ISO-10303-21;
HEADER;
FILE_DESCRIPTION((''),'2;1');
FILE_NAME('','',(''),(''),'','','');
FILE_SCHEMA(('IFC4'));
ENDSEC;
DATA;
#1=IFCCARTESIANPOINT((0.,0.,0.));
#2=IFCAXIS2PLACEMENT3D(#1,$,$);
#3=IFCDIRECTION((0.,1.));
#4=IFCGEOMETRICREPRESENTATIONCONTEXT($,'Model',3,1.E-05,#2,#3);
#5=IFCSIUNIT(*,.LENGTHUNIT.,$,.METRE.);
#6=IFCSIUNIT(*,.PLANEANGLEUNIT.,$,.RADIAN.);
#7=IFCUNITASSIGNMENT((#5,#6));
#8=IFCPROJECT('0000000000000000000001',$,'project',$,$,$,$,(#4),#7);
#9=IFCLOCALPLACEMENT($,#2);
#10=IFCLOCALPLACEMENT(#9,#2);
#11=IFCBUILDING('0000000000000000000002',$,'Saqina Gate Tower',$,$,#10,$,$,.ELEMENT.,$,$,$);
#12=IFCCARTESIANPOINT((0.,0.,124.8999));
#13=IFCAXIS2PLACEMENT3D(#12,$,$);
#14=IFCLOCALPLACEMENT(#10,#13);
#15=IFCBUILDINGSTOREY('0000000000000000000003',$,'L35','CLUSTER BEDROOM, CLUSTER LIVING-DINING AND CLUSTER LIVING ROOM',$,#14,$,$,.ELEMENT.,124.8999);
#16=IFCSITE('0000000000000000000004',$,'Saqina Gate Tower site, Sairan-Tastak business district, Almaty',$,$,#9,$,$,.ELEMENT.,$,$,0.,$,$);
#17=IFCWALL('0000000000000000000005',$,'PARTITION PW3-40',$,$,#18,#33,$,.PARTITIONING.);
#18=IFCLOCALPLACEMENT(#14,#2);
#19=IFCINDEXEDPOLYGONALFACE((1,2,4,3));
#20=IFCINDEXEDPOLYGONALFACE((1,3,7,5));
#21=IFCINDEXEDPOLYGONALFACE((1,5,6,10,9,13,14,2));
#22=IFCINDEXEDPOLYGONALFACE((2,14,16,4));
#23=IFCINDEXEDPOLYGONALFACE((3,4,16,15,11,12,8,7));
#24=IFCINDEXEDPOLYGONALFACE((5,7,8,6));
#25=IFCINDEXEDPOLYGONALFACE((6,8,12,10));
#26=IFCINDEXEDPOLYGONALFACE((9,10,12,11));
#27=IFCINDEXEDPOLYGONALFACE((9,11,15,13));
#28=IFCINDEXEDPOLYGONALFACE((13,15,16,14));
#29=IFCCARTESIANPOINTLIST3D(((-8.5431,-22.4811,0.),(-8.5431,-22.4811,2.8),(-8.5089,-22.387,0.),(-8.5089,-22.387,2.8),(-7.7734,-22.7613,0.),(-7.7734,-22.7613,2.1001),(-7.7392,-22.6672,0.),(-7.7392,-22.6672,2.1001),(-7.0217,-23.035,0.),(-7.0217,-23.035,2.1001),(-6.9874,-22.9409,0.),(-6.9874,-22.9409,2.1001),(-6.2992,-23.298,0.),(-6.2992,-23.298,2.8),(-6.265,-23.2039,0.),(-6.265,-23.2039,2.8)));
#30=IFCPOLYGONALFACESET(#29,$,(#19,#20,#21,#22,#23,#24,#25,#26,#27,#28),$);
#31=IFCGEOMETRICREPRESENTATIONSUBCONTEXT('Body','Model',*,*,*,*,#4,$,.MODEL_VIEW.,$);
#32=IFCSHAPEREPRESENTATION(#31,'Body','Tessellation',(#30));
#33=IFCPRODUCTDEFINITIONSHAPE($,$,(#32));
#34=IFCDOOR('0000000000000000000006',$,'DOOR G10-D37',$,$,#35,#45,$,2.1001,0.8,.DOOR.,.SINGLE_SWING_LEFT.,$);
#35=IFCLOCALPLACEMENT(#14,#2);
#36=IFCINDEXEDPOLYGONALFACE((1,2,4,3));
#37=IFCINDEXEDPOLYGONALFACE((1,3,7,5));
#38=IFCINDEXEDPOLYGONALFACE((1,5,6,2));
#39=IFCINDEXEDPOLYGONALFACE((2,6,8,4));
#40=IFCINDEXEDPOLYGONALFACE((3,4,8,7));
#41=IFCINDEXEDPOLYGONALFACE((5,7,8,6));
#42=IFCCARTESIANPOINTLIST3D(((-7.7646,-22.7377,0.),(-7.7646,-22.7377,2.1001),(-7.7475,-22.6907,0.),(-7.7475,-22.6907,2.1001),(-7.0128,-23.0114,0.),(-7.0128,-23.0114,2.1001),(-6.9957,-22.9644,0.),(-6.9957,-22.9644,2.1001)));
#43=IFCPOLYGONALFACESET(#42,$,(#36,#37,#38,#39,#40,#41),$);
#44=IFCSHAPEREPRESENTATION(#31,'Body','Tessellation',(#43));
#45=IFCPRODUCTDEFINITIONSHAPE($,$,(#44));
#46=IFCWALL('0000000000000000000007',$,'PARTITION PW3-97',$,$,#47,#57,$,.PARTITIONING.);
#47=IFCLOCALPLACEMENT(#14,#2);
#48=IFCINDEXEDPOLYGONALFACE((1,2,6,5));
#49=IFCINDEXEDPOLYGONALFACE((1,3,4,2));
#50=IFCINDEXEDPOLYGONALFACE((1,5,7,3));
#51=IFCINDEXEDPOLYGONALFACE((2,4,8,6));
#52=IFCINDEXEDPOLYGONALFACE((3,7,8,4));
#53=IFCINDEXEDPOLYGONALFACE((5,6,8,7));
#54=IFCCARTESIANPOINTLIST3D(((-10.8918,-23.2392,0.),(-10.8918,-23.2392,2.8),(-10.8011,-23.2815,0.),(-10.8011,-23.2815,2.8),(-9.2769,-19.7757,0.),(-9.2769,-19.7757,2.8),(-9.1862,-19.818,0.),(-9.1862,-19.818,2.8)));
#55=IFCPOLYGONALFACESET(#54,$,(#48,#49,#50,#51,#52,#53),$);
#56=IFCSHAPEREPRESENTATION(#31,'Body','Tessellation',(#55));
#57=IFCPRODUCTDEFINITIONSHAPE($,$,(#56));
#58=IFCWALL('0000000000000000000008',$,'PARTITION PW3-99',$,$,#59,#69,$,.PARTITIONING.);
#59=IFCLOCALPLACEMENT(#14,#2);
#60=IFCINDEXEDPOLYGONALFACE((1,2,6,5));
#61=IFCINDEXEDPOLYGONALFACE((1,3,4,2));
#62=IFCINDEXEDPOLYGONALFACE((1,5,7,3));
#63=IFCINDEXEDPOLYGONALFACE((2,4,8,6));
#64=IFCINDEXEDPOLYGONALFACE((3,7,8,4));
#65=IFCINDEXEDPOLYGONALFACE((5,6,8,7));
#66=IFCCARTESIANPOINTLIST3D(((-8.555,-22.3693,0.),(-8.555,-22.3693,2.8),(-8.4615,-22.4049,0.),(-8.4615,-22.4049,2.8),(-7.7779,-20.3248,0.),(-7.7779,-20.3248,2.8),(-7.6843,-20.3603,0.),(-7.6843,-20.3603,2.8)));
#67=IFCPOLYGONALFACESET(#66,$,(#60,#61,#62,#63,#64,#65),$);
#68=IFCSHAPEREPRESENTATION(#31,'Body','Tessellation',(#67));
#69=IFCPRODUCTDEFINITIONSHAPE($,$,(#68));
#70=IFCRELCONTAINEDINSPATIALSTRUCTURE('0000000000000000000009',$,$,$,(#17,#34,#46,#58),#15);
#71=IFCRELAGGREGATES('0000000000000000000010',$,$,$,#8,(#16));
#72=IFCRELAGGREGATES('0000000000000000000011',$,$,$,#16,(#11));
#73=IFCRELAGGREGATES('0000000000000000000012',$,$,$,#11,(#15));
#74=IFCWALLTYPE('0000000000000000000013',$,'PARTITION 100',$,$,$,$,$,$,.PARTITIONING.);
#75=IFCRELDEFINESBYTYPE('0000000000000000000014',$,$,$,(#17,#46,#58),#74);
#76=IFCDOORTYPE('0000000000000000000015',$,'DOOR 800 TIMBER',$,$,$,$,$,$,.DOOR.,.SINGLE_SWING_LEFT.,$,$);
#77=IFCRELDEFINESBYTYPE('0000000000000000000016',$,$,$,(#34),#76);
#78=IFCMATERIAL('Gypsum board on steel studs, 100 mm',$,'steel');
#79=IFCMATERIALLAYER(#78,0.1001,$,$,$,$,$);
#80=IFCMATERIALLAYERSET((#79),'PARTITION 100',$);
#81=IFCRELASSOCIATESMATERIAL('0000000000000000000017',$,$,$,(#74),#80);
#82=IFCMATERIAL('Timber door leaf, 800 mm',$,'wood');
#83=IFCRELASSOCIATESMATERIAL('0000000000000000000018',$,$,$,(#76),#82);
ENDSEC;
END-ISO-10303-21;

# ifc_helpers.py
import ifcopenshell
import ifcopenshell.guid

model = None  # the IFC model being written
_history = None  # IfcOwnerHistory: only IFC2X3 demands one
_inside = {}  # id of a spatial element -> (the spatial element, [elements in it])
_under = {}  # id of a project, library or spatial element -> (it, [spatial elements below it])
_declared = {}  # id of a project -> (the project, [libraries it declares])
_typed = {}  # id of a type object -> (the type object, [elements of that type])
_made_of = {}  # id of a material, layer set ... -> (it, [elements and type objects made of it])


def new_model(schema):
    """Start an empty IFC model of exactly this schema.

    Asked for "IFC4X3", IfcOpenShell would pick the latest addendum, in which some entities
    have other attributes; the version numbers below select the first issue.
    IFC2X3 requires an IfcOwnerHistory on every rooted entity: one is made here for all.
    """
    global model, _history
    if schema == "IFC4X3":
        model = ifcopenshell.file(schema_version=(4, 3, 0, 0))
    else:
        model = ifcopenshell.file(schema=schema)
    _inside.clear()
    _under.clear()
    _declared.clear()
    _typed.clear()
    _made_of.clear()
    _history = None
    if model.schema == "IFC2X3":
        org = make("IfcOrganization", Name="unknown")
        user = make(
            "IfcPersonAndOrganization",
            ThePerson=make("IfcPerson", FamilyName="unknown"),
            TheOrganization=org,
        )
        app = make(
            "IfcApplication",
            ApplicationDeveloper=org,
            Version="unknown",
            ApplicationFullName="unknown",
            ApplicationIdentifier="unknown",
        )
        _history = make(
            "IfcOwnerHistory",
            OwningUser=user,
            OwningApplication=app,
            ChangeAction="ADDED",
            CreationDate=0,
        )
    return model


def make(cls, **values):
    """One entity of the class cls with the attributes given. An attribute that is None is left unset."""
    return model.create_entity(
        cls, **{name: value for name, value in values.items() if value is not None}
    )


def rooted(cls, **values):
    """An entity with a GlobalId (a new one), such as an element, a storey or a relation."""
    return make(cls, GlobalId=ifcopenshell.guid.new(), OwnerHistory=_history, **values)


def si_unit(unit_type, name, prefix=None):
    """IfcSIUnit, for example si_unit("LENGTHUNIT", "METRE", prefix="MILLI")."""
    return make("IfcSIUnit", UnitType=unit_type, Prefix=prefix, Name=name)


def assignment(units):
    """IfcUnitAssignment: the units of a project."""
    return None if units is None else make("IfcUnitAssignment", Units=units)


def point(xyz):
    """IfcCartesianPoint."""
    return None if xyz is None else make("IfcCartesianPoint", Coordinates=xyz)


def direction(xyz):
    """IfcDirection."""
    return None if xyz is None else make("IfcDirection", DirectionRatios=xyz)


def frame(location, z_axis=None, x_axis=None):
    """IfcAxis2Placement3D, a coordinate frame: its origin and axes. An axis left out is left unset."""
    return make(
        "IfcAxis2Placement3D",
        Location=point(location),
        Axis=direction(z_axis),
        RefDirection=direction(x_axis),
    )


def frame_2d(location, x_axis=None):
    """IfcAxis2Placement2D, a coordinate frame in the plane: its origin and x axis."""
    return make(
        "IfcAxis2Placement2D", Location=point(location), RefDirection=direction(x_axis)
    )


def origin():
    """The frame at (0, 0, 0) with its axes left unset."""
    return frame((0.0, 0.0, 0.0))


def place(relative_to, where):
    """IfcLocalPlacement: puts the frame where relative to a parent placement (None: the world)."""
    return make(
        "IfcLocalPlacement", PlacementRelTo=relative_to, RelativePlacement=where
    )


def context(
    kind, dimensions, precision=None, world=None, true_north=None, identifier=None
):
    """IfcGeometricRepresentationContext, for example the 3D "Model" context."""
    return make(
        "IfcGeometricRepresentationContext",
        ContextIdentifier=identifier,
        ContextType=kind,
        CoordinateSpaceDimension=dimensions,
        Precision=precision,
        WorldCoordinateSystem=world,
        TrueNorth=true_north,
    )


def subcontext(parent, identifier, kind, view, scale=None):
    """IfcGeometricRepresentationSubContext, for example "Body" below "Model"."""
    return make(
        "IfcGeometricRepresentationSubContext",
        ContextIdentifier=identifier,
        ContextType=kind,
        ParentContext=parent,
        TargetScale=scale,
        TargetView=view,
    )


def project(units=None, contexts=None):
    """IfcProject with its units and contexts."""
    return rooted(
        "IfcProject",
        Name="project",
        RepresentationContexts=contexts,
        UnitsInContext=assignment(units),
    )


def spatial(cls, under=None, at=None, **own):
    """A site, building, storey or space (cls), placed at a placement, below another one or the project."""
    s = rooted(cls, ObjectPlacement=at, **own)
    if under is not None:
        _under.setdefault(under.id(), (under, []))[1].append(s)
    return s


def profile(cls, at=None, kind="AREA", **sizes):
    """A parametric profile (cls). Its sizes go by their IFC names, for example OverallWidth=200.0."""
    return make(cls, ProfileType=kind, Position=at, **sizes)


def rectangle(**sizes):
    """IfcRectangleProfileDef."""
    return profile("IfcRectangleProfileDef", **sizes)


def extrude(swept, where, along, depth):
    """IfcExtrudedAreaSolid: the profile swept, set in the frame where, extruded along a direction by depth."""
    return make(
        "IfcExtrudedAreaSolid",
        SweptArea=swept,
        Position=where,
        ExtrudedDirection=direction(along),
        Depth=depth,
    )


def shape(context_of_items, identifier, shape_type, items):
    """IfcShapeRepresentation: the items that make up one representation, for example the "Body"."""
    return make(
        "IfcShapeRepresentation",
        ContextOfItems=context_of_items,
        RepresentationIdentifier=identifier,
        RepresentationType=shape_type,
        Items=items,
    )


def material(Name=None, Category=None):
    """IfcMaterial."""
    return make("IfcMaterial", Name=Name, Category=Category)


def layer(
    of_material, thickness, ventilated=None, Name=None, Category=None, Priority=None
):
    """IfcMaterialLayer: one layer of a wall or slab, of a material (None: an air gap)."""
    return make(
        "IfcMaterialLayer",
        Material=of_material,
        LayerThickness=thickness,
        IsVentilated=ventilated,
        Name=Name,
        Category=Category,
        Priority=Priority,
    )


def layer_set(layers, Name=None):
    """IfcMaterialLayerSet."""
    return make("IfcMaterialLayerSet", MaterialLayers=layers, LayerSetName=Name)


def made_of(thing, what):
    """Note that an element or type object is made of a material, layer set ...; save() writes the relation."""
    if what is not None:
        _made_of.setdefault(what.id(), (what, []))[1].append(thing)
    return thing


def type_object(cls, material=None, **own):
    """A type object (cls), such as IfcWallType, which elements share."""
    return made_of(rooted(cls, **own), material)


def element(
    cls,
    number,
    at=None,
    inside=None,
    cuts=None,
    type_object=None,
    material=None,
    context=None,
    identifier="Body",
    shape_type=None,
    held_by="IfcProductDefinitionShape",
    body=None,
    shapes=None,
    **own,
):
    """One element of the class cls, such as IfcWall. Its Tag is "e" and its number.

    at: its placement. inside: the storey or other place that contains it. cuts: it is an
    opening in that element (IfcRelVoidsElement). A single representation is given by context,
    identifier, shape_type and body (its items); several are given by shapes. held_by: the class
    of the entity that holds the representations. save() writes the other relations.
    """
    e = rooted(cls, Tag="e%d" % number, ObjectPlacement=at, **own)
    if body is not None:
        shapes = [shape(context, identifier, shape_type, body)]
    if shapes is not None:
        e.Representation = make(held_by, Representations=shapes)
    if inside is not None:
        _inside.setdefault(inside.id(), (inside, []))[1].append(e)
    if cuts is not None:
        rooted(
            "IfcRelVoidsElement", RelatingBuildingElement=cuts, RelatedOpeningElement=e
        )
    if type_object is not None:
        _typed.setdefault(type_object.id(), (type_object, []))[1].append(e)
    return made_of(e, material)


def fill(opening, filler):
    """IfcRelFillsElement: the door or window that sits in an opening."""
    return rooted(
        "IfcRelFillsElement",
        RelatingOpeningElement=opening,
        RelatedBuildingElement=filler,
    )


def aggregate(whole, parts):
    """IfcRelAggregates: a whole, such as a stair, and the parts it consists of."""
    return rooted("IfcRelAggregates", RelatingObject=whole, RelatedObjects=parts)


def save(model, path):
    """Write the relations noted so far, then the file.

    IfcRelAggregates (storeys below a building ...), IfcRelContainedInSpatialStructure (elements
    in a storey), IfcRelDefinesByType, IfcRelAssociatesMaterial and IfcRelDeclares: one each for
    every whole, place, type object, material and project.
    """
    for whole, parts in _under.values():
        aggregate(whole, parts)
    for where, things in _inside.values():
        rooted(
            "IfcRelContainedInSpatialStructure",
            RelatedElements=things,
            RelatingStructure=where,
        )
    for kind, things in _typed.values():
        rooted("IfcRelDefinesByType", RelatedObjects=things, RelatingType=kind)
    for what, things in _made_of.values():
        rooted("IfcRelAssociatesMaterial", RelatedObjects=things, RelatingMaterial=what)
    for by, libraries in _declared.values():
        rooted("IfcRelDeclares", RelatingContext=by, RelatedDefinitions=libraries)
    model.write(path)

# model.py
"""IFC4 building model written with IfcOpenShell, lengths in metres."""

from ifc_helpers import new_model, si_unit, direction, frame, frame_2d, origin, place, context, subcontext, project, spatial, rectangle, extrude, material, layer, layer_set, type_object, element, fill, save


model = new_model("IFC4")

# Units and contexts
model_context = context("Model", 3, precision=1e-05, world=origin(), true_north=direction((0.0, 1.0)))
body_context = subcontext(model_context, "Body", "Model", "MODEL_VIEW")
ifc_project = project(units=[si_unit("LENGTHUNIT", "METRE"), si_unit("PLANEANGLEUNIT", "RADIAN")], contexts=[model_context])

# Site, building, storey
site_placement = place(None, origin())
site = spatial("IfcSite", under=ifc_project, at=site_placement, Name="Saqina Gate Tower site, Sairan-Tastak business district, Almaty", CompositionType="ELEMENT", RefElevation=0.0)
building_placement = place(site_placement, origin())
building = spatial("IfcBuilding", under=site, at=building_placement, Name="Saqina Gate Tower", CompositionType="ELEMENT")
storey_placement = place(building_placement, frame((0.0, 0.0, 124.8999)))
storey = spatial("IfcBuildingStorey", under=building, at=storey_placement, Name="L35", Description="CLUSTER BEDROOM, CLUSTER LIVING-DINING AND CLUSTER LIVING ROOM", CompositionType="ELEMENT", Elevation=124.8999)

# Wall, opening, door
ifc_material_1 = material(Name="Gypsum board on steel studs, 100 mm", Category="steel")
ifc_layer_1 = layer(ifc_material_1, 0.1001)
ifc_layer_set_1 = layer_set([ifc_layer_1], Name="PARTITION 100")
wall_type_1 = type_object("IfcWallType", Name="PARTITION 100", PredefinedType="PARTITIONING", material=ifc_layer_set_1)
wall_1_placement = place(storey_placement, frame((-8.5259, -22.4341, 0.0), z_axis=(0.0, 0.0, 1.0), x_axis=(0.939668, -0.342088, 0.0)))
wall_1 = element("IfcWall", 1, at=wall_1_placement, inside=storey, type_object=wall_type_1, Name="PARTITION PW3-40", PredefinedType="PARTITIONING", context=body_context, shape_type="SweptSolid", body=[
    extrude(rectangle(XDim=2.3879, YDim=0.1001, at=frame_2d((1.1938, 0.0))), origin(), (0.0, 0.0, 1.0), 2.8),
])
opening_1_placement = place(wall_1_placement, frame((0.8191, 0.0, 0.0)))
opening_1 = element("IfcOpeningElement", 2, at=opening_1_placement, cuts=wall_1, PredefinedType="OPENING", context=body_context, shape_type="SweptSolid", body=[
    extrude(rectangle(XDim=0.8, YDim=2.1001, at=frame_2d((0.3999, 1.05))), frame((0.0, 0.062, 0.0), z_axis=(0.0, -1.0, 0.0), x_axis=(1.0, 0.0, 0.0)), (0.0, 0.0, 1.0), 0.124),
])
ifc_material_2 = material(Name="Timber door leaf, 800 mm", Category="wood")
door_type = type_object("IfcDoorType", Name="DOOR 800 TIMBER", OperationType="SINGLE_SWING_LEFT", PredefinedType="DOOR", material=ifc_material_2)
door_placement = place(opening_1_placement, frame((0.8, 0.0, 0.0), z_axis=(0.0, 0.0, 1.0), x_axis=(-1.0, 0.0, 0.0)))
door = element("IfcDoor", 3, at=door_placement, inside=storey, type_object=door_type, Name="DOOR G10-D37", OperationType="SINGLE_SWING_LEFT", OverallHeight=2.1001, OverallWidth=0.8, PredefinedType="DOOR", context=body_context, shape_type="SweptSolid", body=[
    extrude(rectangle(XDim=0.8, YDim=2.1001, at=frame_2d((0.3999, 1.05))), frame((0.0, 0.0249, 0.0), z_axis=(0.0, -1.0, 0.0), x_axis=(1.0, 0.0, 0.0)), (0.0, 0.0, 1.0), 0.05),
])
fill(opening_1, door)

# Walls
wall_2_placement = place(storey_placement, frame((-10.8464, -23.2603, 0.0), z_axis=(0.0, 0.0, 1.0), x_axis=(0.422592, 0.90632, 0.0)))
element("IfcWall", 4, at=wall_2_placement, inside=storey, type_object=wall_type_1, Name="PARTITION PW3-97", PredefinedType="PARTITIONING", context=body_context, shape_type="SweptSolid", body=[
    extrude(rectangle(XDim=3.8215, YDim=0.1001, at=frame_2d((1.9106, 0.0))), origin(), (0.0, 0.0, 1.0), 2.8),
])
wall_3_placement = place(storey_placement, frame((-8.5083, -22.3872, 0.0), z_axis=(0.0, 0.0, 1.0), x_axis=(0.355304, 0.934751, 0.0)))
element("IfcWall", 5, at=wall_3_placement, inside=storey, type_object=wall_type_1, Name="PARTITION PW3-99", PredefinedType="PARTITIONING", context=body_context, shape_type="SweptSolid", body=[
    extrude(rectangle(XDim=2.1873, YDim=0.1001, at=frame_2d((1.0938, 0.0))), origin(), (0.0, 0.0, 1.0), 2.8),
])

save(model, "model.ifc")
